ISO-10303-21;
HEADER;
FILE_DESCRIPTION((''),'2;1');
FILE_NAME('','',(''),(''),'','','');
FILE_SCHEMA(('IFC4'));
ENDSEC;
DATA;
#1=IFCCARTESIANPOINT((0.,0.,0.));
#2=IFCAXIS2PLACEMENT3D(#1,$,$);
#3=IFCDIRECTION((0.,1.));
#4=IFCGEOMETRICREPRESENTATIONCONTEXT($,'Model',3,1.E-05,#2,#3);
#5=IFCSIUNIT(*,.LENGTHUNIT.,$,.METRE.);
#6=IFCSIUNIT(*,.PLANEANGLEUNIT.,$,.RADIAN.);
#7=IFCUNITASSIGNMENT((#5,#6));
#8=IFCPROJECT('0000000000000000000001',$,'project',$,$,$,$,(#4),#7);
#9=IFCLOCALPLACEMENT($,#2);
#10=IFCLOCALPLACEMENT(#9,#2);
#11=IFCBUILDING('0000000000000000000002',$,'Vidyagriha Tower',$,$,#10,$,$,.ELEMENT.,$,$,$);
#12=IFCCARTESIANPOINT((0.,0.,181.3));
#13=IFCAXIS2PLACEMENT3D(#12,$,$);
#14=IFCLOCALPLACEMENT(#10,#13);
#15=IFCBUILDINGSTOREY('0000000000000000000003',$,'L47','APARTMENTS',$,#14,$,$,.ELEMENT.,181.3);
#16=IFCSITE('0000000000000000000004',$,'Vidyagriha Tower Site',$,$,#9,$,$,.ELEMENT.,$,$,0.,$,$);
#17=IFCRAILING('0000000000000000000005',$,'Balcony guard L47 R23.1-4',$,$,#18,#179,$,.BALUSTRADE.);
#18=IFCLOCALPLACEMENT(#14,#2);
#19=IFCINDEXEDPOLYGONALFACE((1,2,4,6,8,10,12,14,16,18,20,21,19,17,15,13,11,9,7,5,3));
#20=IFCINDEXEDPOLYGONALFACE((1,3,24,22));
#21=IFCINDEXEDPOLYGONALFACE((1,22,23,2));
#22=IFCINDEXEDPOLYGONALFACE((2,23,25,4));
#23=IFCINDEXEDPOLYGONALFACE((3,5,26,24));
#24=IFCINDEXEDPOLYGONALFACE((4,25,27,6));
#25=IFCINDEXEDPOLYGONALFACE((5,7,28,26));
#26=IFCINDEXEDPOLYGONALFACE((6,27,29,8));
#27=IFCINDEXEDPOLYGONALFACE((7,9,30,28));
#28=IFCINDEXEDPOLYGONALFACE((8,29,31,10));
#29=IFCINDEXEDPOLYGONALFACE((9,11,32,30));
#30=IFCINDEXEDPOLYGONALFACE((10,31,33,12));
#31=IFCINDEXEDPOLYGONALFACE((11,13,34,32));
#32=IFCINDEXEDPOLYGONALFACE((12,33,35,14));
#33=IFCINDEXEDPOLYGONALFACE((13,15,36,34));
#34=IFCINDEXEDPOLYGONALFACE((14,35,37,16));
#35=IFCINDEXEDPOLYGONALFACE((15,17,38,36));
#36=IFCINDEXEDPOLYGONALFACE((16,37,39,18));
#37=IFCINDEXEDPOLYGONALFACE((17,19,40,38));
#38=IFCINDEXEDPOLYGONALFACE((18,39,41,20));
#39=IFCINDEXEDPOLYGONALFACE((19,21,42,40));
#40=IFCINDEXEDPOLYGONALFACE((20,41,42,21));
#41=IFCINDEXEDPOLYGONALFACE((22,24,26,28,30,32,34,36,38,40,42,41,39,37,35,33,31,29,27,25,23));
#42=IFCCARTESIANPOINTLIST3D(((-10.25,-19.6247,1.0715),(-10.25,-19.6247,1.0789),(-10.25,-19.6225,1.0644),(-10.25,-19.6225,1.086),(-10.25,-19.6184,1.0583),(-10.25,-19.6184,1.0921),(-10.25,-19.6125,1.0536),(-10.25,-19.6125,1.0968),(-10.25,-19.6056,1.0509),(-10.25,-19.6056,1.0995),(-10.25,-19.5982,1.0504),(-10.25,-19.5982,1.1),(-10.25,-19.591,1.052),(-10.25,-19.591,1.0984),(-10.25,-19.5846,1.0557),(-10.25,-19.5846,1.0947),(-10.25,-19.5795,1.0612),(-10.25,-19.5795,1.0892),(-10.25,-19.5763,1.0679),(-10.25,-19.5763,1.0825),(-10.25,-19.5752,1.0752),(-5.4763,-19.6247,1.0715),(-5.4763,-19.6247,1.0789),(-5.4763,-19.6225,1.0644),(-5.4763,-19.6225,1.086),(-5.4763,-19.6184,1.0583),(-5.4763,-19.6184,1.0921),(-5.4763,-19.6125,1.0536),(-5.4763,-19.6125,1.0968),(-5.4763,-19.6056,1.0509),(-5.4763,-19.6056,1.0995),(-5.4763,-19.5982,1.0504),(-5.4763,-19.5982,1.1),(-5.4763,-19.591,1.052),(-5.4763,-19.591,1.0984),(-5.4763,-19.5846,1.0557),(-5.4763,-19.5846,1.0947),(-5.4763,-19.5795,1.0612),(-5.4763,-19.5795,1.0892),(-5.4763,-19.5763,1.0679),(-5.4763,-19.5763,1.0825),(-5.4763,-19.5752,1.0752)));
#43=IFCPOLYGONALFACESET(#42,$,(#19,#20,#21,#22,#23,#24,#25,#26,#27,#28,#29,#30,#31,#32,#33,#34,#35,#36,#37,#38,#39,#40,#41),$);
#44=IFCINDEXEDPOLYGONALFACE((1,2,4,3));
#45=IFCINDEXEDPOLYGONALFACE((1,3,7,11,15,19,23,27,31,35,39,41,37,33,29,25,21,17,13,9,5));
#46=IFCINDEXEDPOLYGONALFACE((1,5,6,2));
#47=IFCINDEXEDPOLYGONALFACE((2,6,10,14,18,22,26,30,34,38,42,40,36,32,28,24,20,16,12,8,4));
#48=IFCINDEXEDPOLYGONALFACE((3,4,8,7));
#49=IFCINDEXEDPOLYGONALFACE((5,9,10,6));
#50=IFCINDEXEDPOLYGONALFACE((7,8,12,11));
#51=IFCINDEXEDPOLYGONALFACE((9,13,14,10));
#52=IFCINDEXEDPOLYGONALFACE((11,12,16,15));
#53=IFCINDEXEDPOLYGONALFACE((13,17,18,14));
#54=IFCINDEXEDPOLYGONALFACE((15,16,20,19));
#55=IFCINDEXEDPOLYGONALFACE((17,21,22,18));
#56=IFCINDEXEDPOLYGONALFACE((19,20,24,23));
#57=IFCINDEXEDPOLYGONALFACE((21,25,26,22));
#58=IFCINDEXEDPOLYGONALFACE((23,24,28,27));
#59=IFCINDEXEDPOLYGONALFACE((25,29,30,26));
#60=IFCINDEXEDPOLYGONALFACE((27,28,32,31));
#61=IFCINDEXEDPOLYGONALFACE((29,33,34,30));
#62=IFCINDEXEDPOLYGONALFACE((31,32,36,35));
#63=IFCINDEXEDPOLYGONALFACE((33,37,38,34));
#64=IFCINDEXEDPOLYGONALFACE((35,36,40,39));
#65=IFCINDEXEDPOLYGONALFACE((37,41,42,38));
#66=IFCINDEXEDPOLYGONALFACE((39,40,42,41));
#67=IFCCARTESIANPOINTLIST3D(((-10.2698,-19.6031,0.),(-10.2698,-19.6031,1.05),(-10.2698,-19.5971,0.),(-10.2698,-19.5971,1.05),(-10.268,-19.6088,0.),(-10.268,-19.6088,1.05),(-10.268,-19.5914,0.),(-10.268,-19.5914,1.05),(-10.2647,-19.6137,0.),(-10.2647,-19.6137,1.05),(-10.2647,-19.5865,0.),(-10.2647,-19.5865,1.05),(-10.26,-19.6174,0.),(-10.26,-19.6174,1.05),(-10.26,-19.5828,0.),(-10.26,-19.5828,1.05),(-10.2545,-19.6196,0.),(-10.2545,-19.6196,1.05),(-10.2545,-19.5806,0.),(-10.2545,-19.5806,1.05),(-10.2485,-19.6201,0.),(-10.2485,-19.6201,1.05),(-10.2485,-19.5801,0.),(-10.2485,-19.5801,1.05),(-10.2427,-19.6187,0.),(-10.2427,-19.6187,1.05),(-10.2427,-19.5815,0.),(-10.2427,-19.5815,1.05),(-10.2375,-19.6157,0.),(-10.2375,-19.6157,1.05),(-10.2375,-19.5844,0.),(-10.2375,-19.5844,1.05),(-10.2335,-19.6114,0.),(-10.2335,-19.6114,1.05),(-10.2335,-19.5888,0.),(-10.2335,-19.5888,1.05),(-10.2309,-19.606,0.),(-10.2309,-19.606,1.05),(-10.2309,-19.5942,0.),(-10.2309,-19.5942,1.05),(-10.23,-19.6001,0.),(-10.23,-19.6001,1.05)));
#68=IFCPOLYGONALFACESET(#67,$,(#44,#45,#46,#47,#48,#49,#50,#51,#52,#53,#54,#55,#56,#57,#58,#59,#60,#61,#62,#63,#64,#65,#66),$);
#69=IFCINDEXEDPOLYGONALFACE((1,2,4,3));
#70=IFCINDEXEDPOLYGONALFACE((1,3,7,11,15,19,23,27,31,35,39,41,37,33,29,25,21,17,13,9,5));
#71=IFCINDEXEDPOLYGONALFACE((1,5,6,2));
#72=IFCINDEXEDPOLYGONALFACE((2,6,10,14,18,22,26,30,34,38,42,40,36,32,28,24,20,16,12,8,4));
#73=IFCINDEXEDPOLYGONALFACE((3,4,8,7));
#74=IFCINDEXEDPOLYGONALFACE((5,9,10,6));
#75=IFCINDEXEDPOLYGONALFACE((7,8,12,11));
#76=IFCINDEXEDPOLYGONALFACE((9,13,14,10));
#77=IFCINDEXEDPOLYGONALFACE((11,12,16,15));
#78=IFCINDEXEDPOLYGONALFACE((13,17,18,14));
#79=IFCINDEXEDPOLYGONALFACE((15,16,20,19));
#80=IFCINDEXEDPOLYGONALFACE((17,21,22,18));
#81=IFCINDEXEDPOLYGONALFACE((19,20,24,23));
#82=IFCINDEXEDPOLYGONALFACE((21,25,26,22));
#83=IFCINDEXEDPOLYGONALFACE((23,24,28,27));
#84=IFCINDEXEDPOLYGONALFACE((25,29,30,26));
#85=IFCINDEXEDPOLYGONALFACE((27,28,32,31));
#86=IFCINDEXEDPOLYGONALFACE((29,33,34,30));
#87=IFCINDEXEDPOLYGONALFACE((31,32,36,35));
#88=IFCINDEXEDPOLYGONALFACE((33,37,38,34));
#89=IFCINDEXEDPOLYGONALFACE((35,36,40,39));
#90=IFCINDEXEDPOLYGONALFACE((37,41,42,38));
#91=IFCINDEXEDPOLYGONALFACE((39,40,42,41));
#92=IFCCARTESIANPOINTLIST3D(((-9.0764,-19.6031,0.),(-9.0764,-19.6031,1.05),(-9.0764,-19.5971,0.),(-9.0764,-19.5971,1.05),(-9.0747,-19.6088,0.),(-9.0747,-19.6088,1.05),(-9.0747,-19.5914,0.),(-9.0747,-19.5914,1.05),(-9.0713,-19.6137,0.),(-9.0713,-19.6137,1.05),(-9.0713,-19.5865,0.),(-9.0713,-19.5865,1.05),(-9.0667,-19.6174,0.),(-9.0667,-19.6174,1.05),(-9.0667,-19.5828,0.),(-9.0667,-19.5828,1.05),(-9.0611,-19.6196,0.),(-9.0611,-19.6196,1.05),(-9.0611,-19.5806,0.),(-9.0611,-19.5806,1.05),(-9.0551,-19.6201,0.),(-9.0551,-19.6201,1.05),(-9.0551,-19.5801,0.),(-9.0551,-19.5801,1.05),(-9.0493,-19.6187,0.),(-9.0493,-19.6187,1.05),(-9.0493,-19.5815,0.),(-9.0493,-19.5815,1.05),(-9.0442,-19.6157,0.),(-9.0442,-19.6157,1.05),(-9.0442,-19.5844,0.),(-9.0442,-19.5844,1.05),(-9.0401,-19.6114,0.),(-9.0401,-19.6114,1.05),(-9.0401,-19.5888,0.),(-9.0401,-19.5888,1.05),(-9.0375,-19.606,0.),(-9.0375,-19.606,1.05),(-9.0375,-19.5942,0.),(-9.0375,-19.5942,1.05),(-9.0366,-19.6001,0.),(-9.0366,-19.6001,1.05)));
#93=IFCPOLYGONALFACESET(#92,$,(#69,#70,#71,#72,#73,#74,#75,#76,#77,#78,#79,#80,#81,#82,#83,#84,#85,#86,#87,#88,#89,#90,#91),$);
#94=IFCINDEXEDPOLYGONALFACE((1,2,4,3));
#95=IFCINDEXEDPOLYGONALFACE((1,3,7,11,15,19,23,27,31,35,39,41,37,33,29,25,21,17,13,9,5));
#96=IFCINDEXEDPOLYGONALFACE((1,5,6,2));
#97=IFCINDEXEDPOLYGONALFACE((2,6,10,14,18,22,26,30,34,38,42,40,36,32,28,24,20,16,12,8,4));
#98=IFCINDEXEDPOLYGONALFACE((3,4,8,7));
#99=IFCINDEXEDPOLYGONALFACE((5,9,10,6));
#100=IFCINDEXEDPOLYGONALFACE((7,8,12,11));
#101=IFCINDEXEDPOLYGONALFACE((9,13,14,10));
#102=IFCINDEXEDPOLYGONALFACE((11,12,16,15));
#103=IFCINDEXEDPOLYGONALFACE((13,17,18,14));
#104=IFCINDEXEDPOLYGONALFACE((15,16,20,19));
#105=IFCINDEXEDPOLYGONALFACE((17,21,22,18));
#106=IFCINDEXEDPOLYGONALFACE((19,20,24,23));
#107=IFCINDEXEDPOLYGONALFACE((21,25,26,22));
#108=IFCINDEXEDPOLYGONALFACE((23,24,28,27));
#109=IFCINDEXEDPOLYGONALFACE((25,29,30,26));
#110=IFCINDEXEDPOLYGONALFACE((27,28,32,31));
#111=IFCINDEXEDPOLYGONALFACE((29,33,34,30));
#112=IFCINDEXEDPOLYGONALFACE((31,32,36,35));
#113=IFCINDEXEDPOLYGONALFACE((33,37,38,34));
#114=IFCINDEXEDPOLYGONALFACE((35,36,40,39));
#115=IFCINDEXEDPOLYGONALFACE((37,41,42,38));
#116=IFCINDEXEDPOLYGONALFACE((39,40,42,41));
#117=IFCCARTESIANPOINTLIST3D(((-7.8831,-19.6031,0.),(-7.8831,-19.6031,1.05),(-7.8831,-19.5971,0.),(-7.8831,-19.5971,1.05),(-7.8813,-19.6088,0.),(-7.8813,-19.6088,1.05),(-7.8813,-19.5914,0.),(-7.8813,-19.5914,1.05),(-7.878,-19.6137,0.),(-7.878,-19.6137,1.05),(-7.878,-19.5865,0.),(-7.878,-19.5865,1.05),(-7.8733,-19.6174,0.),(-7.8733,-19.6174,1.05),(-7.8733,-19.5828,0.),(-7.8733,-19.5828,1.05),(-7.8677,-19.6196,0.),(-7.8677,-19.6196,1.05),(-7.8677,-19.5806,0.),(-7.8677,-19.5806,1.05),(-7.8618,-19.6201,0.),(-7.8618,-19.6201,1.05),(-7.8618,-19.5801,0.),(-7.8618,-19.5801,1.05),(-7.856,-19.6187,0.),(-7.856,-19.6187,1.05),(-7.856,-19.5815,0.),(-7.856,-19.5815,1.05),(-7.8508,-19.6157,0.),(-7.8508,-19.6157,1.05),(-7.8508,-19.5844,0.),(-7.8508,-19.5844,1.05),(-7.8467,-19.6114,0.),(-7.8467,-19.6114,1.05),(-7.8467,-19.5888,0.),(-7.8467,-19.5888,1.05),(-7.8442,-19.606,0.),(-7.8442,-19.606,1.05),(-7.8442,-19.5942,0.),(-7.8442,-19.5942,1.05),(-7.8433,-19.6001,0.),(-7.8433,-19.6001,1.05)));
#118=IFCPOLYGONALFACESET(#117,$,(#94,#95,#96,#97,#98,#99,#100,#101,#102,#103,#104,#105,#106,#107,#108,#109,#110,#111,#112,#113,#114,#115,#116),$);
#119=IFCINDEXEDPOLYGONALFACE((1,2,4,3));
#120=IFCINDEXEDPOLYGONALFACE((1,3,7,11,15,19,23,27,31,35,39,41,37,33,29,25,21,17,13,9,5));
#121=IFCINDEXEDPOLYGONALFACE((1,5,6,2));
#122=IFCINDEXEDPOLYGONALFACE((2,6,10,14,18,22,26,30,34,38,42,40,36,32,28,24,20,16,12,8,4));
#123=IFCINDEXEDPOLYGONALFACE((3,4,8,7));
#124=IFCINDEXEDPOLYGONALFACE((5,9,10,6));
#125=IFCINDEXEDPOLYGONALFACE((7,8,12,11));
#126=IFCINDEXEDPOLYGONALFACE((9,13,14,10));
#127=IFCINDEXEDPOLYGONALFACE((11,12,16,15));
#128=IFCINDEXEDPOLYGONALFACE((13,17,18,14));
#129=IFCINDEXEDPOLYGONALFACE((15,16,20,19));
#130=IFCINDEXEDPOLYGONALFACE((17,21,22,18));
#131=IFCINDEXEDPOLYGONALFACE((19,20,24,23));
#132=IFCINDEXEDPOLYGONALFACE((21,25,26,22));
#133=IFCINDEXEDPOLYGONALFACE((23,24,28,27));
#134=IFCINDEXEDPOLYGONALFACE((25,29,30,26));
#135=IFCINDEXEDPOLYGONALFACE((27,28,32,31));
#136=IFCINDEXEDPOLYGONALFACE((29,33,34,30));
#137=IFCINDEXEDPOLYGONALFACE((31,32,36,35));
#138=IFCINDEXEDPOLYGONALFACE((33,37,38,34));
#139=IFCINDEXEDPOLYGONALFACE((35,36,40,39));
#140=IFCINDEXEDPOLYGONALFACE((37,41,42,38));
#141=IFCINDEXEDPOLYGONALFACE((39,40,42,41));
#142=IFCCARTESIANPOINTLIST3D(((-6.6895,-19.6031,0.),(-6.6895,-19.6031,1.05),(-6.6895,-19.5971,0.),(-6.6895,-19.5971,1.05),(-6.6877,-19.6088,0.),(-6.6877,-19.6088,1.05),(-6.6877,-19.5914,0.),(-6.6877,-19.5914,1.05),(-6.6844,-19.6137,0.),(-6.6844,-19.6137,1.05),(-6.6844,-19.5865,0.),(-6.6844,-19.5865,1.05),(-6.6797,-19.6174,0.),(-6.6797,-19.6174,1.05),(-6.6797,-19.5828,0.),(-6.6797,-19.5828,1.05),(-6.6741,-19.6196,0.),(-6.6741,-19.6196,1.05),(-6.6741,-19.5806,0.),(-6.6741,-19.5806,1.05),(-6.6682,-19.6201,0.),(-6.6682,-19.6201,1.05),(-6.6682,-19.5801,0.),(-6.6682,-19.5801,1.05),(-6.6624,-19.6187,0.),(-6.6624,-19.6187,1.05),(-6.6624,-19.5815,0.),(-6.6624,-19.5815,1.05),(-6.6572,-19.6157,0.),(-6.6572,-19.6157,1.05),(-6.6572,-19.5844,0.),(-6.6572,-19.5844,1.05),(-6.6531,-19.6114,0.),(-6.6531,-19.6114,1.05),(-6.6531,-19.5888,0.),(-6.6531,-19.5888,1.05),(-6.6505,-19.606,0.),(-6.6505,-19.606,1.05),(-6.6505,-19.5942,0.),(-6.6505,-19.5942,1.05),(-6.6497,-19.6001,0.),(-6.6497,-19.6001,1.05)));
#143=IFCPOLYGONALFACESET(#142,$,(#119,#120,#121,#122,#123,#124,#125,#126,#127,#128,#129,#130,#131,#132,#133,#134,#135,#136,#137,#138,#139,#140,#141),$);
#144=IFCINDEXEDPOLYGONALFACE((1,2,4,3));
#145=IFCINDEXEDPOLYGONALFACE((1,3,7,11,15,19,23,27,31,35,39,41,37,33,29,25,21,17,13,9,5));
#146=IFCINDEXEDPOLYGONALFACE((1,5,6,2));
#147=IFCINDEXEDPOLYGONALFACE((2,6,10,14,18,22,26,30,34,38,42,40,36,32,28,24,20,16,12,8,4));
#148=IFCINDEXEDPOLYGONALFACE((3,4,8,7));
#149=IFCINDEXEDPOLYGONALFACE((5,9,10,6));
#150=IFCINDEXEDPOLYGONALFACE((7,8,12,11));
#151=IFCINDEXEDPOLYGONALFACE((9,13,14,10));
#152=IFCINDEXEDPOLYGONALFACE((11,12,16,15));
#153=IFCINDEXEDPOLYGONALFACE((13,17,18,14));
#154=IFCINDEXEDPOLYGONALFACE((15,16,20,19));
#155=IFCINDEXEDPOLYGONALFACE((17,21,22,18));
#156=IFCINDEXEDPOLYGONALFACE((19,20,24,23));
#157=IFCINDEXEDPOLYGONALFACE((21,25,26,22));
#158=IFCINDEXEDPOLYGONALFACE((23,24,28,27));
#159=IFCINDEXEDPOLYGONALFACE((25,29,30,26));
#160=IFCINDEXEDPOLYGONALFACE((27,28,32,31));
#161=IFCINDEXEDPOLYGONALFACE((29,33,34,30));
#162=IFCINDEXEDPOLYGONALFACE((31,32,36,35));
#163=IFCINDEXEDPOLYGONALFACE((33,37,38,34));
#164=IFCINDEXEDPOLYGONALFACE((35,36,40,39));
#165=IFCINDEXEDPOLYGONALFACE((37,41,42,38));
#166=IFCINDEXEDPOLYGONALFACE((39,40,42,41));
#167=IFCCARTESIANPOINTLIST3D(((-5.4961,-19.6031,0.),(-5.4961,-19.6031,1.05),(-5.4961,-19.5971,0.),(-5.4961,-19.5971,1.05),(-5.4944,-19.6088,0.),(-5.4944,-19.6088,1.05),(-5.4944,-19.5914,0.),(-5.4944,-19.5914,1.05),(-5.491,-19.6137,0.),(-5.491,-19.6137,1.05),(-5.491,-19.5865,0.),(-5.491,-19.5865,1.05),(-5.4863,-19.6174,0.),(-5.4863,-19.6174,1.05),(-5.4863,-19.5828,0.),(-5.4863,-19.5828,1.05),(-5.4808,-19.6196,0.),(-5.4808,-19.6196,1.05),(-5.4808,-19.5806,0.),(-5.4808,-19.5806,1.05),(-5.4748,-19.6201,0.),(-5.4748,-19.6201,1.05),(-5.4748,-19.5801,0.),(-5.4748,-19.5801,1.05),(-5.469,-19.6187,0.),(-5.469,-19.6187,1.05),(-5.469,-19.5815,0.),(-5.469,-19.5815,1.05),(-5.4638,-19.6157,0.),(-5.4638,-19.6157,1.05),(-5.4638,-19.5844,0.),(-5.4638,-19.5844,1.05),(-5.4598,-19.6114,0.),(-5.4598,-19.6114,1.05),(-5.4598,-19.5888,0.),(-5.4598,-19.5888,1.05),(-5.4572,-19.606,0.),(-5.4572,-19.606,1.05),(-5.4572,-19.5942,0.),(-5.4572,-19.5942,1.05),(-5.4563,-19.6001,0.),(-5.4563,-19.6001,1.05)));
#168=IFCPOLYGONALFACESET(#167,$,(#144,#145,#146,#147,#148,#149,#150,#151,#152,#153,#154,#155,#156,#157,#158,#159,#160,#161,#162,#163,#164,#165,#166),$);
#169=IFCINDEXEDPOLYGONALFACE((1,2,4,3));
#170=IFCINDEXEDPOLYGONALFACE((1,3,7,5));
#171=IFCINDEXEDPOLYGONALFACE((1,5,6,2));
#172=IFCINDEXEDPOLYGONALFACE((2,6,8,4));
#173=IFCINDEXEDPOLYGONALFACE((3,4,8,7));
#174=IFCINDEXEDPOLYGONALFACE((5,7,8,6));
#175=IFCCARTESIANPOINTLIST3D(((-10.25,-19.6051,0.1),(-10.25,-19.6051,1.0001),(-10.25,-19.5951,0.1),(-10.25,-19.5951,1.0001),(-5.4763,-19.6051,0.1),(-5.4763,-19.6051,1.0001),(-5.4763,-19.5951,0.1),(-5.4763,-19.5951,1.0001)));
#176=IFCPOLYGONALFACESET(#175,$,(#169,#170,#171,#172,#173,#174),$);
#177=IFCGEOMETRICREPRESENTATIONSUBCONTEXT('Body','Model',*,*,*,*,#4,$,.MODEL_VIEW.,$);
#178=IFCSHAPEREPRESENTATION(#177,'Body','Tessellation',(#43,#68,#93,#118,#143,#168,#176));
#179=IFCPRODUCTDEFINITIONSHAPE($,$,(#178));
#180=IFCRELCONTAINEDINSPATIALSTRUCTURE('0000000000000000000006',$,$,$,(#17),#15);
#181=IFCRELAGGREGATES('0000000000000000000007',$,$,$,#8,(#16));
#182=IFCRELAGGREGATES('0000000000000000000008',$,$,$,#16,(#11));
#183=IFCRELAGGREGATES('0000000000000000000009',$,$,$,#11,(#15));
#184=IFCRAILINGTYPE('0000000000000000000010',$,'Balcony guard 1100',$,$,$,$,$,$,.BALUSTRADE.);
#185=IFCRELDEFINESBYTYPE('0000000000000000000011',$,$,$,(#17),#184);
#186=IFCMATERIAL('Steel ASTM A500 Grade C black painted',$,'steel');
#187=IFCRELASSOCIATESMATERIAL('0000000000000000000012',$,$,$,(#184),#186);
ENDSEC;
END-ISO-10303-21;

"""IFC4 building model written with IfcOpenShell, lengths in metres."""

from ifc_helpers import new_model, si_unit, direction, frame, origin, origin_2d, place, context, subcontext, project, spatial, rectangle, circle, extrude, material, type_object, element, save


model = new_model("IFC4")

# Units and contexts
model_context = context("Model", 3, precision=1e-05, world=origin(), true_north=direction((0.0, 1.0)))
body_context = subcontext(model_context, "Body", "Model", "MODEL_VIEW")
ifc_project = project(units=[si_unit("LENGTHUNIT", "METRE"), si_unit("PLANEANGLEUNIT", "RADIAN")], contexts=[model_context])

# Site, building, storey
site_placement = place(None, origin())
site = spatial("IfcSite", under=ifc_project, at=site_placement, Name="Vidyagriha Tower Site", CompositionType="ELEMENT", RefElevation=0.0)
building_placement = place(site_placement, origin())
building = spatial("IfcBuilding", under=site, at=building_placement, Name="Vidyagriha Tower", CompositionType="ELEMENT")
storey_placement = place(building_placement, frame((0.0, 0.0, 181.3)))
storey = spatial("IfcBuildingStorey", under=building, at=storey_placement, Name="L47", Description="APARTMENTS", CompositionType="ELEMENT", Elevation=181.3)

# Railing
ifc_material_1 = material(Name="Steel ASTM A500 Grade C black painted", Category="steel")
railing_type = type_object("IfcRailingType", Name="Balcony guard 1100", PredefinedType="BALUSTRADE", material=ifc_material_1)
railing_1_placement = place(storey_placement, frame((-10.25, -19.6001, 0.0)))
element("IfcRailing", 1, at=railing_1_placement, inside=storey, type_object=railing_type, Name="Balcony guard L47 R23.1-4", PredefinedType="BALUSTRADE", context=body_context, shape_type="SweptSolid", body=[
    extrude(circle(Radius=0.0249, at=origin_2d()), frame((0.0, 0.0, 1.0752), z_axis=(1.0, 0.0, 0.0), x_axis=(0.0, 1.0, 0.0)), (0.0, 0.0, 1.0), 4.7737),
    extrude(circle(Radius=0.02, at=origin_2d()), origin(), (0.0, 0.0, 1.0), 1.05),
    extrude(circle(Radius=0.02, at=origin_2d()), frame((1.1934, 0.0, 0.0)), (0.0, 0.0, 1.0), 1.05),
    extrude(circle(Radius=0.02, at=origin_2d()), frame((2.3867, 0.0, 0.0)), (0.0, 0.0, 1.0), 1.05),
    extrude(circle(Radius=0.02, at=origin_2d()), frame((3.5803, 0.0, 0.0)), (0.0, 0.0, 1.0), 1.05),
    extrude(circle(Radius=0.02, at=origin_2d()), frame((4.7737, 0.0, 0.0)), (0.0, 0.0, 1.0), 1.05),
    extrude(rectangle(XDim=0.01, YDim=0.9001, at=origin_2d()), frame((0.0, 0.0, 0.55), z_axis=(1.0, 0.0, 0.0), x_axis=(0.0, 1.0, 0.0)), (0.0, 0.0, 1.0), 4.7737),
])

save(model, "model.ifc")
